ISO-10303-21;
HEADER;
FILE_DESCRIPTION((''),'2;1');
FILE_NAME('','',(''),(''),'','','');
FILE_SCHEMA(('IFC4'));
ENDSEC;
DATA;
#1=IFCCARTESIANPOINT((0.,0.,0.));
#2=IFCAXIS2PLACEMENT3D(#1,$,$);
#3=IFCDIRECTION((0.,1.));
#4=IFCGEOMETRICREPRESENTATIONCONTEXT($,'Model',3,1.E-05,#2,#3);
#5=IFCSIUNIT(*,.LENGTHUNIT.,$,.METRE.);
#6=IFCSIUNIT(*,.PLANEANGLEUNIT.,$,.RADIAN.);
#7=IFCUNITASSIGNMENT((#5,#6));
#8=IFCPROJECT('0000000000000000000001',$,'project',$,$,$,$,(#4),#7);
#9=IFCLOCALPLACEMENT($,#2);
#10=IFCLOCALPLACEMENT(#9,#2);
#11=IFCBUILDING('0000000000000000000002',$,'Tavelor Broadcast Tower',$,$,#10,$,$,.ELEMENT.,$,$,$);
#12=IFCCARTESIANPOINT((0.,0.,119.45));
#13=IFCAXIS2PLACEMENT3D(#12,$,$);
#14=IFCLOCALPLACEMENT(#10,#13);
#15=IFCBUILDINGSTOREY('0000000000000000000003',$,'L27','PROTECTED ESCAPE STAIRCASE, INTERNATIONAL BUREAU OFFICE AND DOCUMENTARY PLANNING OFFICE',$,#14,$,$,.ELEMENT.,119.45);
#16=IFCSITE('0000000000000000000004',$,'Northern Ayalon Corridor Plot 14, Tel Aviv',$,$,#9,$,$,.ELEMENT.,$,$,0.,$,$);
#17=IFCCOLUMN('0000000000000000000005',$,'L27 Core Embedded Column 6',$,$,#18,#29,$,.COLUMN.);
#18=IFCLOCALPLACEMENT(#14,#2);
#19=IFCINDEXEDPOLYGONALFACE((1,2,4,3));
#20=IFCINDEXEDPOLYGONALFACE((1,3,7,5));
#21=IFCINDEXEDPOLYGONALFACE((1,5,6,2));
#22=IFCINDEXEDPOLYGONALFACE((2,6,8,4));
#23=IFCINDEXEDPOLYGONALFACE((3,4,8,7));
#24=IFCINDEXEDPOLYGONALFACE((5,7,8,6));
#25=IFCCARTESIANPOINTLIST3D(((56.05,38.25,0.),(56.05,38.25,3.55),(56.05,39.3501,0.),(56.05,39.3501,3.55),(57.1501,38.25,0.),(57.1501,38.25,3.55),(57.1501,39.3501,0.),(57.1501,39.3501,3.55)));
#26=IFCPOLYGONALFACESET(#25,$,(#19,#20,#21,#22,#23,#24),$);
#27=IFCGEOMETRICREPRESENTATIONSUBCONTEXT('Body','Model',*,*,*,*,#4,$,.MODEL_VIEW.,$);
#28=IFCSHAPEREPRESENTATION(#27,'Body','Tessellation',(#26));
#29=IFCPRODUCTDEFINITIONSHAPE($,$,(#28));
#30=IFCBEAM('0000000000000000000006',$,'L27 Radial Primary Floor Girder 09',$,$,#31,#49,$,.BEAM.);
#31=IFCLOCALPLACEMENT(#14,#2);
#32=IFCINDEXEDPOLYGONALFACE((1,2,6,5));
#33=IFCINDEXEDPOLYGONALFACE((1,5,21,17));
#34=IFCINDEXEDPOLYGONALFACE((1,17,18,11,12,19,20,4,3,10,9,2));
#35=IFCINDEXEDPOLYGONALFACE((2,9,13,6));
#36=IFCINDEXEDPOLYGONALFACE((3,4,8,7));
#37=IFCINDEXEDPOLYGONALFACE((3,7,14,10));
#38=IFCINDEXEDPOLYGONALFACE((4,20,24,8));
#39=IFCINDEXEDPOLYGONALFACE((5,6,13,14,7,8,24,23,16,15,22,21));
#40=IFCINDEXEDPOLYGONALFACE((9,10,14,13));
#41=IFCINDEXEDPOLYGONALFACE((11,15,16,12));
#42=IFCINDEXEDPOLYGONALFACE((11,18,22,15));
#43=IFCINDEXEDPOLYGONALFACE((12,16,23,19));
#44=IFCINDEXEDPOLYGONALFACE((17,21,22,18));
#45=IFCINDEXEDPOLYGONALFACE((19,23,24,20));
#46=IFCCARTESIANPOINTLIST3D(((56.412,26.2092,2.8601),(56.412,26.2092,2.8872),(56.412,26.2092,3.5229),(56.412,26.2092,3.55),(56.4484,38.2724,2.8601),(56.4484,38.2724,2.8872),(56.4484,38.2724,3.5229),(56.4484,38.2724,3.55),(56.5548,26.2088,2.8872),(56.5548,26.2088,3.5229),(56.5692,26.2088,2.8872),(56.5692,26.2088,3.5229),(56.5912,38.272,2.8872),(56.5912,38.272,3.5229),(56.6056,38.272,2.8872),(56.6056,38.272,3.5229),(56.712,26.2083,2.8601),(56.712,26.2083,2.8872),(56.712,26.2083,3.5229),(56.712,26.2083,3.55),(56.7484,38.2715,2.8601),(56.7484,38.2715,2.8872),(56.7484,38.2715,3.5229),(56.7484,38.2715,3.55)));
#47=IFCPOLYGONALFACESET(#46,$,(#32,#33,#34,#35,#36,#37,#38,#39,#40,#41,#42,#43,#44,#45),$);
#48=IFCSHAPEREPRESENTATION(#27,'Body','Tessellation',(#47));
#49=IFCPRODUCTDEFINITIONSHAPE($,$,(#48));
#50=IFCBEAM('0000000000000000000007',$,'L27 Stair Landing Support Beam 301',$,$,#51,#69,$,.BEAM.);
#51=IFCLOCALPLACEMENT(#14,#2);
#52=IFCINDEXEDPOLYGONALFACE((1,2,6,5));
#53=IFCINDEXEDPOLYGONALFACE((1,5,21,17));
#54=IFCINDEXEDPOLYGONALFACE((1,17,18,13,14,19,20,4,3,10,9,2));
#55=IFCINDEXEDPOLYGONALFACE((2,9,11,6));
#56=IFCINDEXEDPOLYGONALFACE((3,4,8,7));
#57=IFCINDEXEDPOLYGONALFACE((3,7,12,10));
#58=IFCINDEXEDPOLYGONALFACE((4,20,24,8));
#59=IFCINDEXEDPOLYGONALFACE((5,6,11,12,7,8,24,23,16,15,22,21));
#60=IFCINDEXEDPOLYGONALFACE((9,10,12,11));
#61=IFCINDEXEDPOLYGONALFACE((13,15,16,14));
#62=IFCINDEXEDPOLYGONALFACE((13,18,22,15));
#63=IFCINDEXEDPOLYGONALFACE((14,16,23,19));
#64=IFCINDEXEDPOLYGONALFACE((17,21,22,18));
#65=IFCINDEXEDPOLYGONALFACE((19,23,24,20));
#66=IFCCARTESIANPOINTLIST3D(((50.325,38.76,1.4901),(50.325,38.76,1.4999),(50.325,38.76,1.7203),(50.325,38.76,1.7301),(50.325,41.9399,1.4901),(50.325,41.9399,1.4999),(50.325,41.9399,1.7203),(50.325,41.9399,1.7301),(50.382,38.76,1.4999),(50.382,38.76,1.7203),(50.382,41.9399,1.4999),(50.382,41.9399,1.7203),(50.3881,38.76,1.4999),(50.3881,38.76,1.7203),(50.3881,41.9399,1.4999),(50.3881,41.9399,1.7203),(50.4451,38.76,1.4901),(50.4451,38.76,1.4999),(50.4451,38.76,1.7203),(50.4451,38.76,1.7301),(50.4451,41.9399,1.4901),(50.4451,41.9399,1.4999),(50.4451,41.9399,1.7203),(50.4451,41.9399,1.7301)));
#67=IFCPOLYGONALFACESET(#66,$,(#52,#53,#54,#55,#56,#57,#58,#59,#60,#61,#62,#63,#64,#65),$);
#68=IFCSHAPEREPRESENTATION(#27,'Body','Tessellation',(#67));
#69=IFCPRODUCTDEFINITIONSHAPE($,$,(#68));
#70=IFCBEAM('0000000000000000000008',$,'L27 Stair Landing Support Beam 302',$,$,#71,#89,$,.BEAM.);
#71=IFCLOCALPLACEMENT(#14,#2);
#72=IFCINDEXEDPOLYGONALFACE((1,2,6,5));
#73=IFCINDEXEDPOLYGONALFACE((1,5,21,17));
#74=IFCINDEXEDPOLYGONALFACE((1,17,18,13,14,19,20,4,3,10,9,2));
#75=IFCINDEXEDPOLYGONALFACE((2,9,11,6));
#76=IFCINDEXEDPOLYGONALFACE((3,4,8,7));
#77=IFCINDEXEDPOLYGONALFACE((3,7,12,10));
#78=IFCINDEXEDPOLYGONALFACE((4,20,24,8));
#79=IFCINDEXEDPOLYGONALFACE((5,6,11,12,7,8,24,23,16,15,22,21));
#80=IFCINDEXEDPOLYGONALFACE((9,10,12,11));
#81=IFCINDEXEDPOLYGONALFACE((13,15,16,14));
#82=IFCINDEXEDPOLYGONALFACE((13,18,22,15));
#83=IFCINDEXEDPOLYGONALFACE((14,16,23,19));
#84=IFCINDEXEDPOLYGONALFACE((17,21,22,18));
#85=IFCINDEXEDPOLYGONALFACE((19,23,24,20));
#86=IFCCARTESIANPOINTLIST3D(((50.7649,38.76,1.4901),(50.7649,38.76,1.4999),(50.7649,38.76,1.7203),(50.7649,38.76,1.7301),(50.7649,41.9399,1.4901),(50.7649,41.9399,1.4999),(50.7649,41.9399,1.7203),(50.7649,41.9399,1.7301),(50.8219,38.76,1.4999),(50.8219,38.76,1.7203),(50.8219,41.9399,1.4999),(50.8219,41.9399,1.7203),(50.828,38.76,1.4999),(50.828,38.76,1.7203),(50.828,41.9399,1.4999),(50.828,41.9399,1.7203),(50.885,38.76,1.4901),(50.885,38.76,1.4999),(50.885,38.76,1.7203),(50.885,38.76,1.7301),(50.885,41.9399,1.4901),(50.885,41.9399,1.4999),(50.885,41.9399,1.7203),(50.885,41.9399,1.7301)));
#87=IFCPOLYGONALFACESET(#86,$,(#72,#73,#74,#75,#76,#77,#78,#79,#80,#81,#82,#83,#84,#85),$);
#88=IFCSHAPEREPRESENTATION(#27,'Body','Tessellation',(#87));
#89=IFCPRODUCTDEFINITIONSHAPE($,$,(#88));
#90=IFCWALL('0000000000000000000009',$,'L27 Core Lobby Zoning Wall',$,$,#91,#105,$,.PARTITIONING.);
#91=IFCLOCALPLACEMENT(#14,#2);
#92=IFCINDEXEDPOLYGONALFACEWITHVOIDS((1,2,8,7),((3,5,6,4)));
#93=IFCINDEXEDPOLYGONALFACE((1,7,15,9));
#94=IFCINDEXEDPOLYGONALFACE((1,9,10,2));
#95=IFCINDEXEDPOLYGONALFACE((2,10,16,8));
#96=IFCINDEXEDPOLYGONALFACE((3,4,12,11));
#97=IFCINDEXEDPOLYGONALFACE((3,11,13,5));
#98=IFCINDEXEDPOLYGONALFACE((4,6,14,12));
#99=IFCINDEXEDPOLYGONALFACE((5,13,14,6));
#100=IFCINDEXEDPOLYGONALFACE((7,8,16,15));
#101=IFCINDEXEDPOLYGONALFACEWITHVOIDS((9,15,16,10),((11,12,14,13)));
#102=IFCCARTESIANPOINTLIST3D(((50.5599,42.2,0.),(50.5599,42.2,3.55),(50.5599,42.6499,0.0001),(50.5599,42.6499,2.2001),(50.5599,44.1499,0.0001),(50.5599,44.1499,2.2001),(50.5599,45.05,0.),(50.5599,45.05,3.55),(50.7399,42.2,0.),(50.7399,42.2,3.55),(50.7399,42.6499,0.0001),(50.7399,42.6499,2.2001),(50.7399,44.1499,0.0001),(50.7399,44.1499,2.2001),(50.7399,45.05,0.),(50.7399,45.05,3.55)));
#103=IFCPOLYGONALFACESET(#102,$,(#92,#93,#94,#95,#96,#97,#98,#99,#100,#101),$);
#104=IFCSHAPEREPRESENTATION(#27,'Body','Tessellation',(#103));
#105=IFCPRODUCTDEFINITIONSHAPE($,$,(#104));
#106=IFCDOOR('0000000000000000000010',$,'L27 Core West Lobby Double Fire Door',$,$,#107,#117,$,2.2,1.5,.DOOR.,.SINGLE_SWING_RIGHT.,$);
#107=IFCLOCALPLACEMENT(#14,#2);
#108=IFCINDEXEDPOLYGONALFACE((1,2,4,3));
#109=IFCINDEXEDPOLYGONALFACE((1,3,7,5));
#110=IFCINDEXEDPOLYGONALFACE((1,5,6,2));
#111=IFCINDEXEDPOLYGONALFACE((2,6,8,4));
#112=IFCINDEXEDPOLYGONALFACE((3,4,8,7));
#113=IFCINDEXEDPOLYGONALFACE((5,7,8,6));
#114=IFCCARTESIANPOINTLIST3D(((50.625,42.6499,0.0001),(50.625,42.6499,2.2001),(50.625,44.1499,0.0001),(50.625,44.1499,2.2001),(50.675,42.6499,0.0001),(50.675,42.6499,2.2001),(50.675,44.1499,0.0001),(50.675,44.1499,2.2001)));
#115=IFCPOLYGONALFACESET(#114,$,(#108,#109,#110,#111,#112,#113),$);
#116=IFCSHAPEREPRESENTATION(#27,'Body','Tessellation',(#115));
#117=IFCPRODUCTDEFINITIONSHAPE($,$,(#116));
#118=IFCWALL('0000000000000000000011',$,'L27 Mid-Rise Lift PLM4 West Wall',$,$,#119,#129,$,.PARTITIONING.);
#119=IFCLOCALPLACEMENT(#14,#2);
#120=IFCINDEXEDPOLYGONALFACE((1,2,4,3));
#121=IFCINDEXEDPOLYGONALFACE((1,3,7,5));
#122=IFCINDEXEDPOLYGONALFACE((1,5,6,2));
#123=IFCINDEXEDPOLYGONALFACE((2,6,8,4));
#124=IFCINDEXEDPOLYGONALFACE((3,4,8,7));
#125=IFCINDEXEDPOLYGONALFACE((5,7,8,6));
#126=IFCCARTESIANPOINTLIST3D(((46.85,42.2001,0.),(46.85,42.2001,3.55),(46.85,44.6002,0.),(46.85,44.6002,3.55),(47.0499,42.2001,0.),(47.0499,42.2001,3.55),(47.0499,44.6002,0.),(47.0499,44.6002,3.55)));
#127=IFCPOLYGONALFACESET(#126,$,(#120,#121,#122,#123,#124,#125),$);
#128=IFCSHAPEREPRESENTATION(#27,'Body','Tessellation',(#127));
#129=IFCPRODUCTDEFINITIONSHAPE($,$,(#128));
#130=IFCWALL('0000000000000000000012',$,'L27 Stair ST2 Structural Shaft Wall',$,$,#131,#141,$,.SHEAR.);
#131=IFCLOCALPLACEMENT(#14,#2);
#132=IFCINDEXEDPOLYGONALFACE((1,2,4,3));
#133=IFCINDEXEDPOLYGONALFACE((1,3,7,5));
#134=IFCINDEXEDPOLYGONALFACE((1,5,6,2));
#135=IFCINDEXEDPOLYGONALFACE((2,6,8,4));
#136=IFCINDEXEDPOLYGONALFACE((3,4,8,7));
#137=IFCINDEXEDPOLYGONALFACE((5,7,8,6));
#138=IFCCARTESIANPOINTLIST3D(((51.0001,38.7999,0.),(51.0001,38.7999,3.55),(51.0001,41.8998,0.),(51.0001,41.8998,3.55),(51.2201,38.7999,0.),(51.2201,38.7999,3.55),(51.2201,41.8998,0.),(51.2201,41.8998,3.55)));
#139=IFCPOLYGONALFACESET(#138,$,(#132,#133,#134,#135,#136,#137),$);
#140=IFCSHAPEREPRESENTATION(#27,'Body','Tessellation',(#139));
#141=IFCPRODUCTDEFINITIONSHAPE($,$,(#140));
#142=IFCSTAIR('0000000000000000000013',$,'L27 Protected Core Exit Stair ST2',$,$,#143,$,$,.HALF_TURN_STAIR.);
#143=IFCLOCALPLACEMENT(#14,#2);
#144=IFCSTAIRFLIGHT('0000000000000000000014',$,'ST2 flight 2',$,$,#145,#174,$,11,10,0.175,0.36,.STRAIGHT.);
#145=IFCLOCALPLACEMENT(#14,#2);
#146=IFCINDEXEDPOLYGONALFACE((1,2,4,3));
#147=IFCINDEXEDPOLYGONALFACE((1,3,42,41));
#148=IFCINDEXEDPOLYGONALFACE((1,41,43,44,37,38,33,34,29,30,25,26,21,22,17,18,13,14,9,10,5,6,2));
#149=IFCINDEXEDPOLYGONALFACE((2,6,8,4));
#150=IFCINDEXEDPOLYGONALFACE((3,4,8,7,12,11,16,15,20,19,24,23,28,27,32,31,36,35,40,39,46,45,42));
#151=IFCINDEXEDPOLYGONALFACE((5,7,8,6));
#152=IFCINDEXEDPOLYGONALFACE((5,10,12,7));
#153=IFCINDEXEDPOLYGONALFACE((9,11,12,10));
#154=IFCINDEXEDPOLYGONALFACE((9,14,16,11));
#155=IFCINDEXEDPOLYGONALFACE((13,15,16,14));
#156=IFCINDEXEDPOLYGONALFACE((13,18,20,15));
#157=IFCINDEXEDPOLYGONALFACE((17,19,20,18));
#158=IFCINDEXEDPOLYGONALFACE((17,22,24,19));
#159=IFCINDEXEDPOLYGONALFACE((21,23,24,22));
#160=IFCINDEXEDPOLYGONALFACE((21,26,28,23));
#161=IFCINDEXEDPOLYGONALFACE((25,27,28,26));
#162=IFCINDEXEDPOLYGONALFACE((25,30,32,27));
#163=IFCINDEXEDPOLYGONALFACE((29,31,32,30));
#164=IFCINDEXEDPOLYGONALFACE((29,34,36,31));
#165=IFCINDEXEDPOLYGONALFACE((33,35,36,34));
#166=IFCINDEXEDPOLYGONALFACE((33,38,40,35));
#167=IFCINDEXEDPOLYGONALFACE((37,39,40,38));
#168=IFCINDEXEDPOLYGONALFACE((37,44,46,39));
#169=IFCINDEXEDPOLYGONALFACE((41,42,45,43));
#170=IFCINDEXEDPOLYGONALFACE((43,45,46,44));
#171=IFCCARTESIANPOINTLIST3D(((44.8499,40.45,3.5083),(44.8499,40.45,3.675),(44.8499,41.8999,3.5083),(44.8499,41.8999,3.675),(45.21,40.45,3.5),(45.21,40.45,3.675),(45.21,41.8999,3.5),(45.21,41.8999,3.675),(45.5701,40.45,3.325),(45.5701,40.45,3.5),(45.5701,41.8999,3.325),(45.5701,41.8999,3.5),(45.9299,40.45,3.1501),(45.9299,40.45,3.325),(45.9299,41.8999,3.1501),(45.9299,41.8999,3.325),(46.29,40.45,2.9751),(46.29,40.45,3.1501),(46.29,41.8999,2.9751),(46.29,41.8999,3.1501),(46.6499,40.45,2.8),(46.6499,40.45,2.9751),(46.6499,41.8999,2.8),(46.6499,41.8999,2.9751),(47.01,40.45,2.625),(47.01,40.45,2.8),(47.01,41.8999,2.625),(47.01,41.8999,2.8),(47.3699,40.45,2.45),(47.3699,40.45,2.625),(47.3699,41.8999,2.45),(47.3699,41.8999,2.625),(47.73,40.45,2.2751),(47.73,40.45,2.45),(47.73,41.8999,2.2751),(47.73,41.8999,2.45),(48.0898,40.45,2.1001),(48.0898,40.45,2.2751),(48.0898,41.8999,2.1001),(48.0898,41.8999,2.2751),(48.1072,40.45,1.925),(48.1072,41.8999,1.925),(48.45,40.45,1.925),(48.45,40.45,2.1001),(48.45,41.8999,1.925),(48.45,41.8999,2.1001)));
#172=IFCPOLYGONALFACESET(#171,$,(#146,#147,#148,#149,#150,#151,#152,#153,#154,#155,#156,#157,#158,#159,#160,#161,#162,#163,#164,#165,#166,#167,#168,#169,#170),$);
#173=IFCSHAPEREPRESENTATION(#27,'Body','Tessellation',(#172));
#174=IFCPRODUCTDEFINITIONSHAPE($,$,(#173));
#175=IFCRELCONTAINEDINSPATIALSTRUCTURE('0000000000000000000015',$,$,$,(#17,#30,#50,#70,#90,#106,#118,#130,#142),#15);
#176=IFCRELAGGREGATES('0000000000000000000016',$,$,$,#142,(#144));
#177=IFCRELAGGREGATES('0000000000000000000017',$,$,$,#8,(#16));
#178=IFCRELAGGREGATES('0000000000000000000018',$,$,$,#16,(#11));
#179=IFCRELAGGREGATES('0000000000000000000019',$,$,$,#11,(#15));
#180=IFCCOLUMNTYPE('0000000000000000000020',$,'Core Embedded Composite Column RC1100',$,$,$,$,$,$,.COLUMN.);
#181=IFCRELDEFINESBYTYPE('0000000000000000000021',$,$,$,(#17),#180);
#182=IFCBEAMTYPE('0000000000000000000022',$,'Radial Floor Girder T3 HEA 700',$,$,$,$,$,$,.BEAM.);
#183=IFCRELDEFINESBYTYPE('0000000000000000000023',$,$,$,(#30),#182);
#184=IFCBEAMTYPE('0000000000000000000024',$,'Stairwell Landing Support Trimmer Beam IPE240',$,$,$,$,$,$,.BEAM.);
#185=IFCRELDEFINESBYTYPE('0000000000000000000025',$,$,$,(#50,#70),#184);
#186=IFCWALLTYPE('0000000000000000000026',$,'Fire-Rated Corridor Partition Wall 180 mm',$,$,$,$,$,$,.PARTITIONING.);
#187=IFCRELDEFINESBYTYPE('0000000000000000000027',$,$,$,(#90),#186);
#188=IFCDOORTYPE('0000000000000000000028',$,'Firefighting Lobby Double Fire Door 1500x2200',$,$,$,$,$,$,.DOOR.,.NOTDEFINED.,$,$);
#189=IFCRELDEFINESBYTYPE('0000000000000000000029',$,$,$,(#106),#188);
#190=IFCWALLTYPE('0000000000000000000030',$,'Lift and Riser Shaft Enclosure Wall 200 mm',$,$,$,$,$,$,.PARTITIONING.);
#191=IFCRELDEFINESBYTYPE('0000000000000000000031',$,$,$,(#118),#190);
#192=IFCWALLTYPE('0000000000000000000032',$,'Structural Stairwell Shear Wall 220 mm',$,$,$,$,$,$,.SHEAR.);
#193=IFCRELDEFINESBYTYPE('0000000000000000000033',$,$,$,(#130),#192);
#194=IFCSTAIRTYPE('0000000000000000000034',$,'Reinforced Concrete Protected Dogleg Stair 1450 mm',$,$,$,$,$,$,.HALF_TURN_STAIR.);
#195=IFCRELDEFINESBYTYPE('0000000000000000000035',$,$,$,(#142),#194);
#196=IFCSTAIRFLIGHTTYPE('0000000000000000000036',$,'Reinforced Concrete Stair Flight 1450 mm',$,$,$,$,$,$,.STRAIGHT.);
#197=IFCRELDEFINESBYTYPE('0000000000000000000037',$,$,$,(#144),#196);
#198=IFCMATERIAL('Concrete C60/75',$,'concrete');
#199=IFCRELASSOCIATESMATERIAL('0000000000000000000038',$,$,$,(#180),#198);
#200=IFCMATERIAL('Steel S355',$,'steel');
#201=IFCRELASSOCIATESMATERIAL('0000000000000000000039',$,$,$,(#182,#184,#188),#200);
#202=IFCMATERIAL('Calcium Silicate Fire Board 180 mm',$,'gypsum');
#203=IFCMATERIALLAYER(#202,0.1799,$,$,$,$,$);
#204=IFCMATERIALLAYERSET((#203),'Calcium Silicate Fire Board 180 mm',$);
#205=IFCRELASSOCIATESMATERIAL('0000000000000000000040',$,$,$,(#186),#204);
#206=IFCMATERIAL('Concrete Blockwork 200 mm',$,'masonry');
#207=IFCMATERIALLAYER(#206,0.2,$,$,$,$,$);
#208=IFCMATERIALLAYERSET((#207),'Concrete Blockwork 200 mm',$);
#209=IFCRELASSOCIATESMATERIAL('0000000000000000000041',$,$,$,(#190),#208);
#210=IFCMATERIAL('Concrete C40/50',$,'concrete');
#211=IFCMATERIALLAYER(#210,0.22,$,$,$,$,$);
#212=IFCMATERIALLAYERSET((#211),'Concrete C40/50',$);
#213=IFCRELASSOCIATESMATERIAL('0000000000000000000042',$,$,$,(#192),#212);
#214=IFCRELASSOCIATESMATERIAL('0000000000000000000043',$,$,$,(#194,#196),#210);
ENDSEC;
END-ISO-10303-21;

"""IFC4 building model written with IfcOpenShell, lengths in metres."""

from ifc_helpers import new_model, si_unit, direction, frame, frame_2d, origin, origin_2d, place, context, subcontext, project, spatial, polyline, rectangle, i_section, outline, extrude, material, layer, layer_set, material_profile, profile_set, type_object, element, fill, aggregate, save


model = new_model("IFC4")

# Units and contexts
model_context = context("Model", 3, precision=1e-05, world=origin(), true_north=direction((0.0, 1.0)))
body_context = subcontext(model_context, "Body", "Model", "MODEL_VIEW")
ifc_project = project(units=[si_unit("LENGTHUNIT", "METRE"), si_unit("PLANEANGLEUNIT", "RADIAN")], contexts=[model_context])

# Site, building, storey
site_placement = place(None, origin())
site = spatial("IfcSite", under=ifc_project, at=site_placement, Name="Northern Ayalon Corridor Plot 14, Tel Aviv", CompositionType="ELEMENT", RefElevation=0.0)
building_placement = place(site_placement, origin())
building = spatial("IfcBuilding", under=site, at=building_placement, Name="Tavelor Broadcast Tower", CompositionType="ELEMENT")
storey_placement = place(building_placement, frame((0.0, 0.0, 119.45)))
storey = spatial("IfcBuildingStorey", under=building, at=storey_placement, Name="L27", Description="PROTECTED ESCAPE STAIRCASE, INTERNATIONAL BUREAU OFFICE AND DOCUMENTARY PLANNING OFFICE", CompositionType="ELEMENT", Elevation=119.45)

# Column
ifc_material_1 = material(Name="Concrete C60/75", Category="concrete")
ifc_material_profile_1 = material_profile(ifc_material_1, rectangle(XDim=1.1001, YDim=1.1001, at=origin_2d()), Name="RC 1100x1100")
ifc_profile_set_1 = profile_set([ifc_material_profile_1], Name="Concrete C60/75")
column_type = type_object("IfcColumnType", Name="Core Embedded Composite Column RC1100", PredefinedType="COLUMN", material=ifc_profile_set_1)
column_placement = place(storey_placement, frame((56.6001, 38.8, 0.0), z_axis=(0.0, 0.0, 1.0), x_axis=(1.0, 0.0, 0.0)))
element("IfcColumn", 1, at=column_placement, inside=storey, type_object=column_type, Name="L27 Core Embedded Column 6", PredefinedType="COLUMN", context=body_context, shape_type="SweptSolid", body=[
    extrude(rectangle(XDim=1.1001, YDim=1.1001, at=origin_2d()), origin(), (0.0, 0.0, 1.0), 3.55),
])

# Beams
ifc_material_2 = material(Name="Steel S355", Category="steel")
ifc_material_profile_2 = material_profile(ifc_material_2, i_section(OverallWidth=0.3, OverallDepth=0.6899, WebThickness=0.0144, FlangeThickness=0.0271, at=origin_2d()), Name="HEA 700")
ifc_profile_set_2 = profile_set([ifc_material_profile_2], Name="Steel S355")
beam_type_1 = type_object("IfcBeamType", Name="Radial Floor Girder T3 HEA 700", PredefinedType="BEAM", material=ifc_profile_set_2)
beam_placement = place(storey_placement, frame((56.5984, 38.272, 3.2051), z_axis=(-0.003016, -0.999995, 0.0), x_axis=(0.999995, -0.003016, 0.0)))
element("IfcBeam", 2, at=beam_placement, inside=storey, type_object=beam_type_1, Name="L27 Radial Primary Floor Girder 09", PredefinedType="BEAM", context=body_context, shape_type="SweptSolid", body=[
    extrude(i_section(OverallWidth=0.3, OverallDepth=0.6899, WebThickness=0.0144, FlangeThickness=0.0271, at=origin_2d()), origin(), (0.0, 0.0, 1.0), 12.0632),
])
ifc_material_profile_3 = material_profile(ifc_material_2, i_section(OverallWidth=0.1201, OverallDepth=0.24, WebThickness=0.0061, FlangeThickness=0.0098, at=origin_2d()), Name="IPE 240")
ifc_profile_set_3 = profile_set([ifc_material_profile_3], Name="Steel S355")
beam_type_2 = type_object("IfcBeamType", Name="Stairwell Landing Support Trimmer Beam IPE240", PredefinedType="BEAM", material=ifc_profile_set_3)
for number, where, z_axis, x_axis, name in (
    (3, (50.385, 38.76, 1.6101), (0.0, 1.0, 0.0), (-1.0, 0.0, 0.0), "L27 Stair Landing Support Beam 301"),
    (4, (50.825, 38.76, 1.6101), (0.0, 1.0, 0.0), (-1.0, 0.0, 0.0), "L27 Stair Landing Support Beam 302"),
):
    element("IfcBeam", number, at=place(storey_placement, frame(where, z_axis=z_axis, x_axis=x_axis)), inside=storey, type_object=beam_type_2, Name=name, PredefinedType="BEAM", context=body_context, shape_type="SweptSolid", body=[
        extrude(i_section(OverallWidth=0.1201, OverallDepth=0.24, WebThickness=0.0061, FlangeThickness=0.0098, at=origin_2d()), origin(), (0.0, 0.0, 1.0), 3.1799),
    ])

# Wall, opening, door
ifc_material_3 = material(Name="Calcium Silicate Fire Board 180 mm", Category="gypsum")
ifc_layer_1 = layer(ifc_material_3, 0.1799)
ifc_layer_set_1 = layer_set([ifc_layer_1], Name="Calcium Silicate Fire Board 180 mm")
wall_type_1 = type_object("IfcWallType", Name="Fire-Rated Corridor Partition Wall 180 mm", PredefinedType="PARTITIONING", material=ifc_layer_set_1)
wall_1_placement = place(storey_placement, frame((50.6499, 42.2, 0.0), z_axis=(0.0, 0.0, 1.0), x_axis=(0.0, 1.0, 0.0)))
wall_1 = element("IfcWall", 5, at=wall_1_placement, inside=storey, type_object=wall_type_1, Name="L27 Core Lobby Zoning Wall", PredefinedType="PARTITIONING", context=body_context, shape_type="SweptSolid", body=[
    extrude(rectangle(XDim=2.8501, YDim=0.1799, at=frame_2d((1.425, 0.0))), origin(), (0.0, 0.0, 1.0), 3.55),
])
opening_1_placement = place(wall_1_placement, frame((0.45, 0.0, 0.0)))
opening_1 = element("IfcOpeningElement", 6, at=opening_1_placement, cuts=wall_1, PredefinedType="OPENING", context=body_context, shape_type="SweptSolid", body=[
    extrude(rectangle(XDim=1.5, YDim=2.2, at=frame_2d((0.75, 1.1001))), frame((0.0, 0.1001, 0.0), z_axis=(0.0, -1.0, 0.0), x_axis=(1.0, 0.0, 0.0)), (0.0, 0.0, 1.0), 0.2),
])
door_type_1 = type_object("IfcDoorType", Name="Firefighting Lobby Double Fire Door 1500x2200", OperationType="NOTDEFINED", PredefinedType="DOOR", material=ifc_material_2)
door_1_placement = place(opening_1_placement, origin())
door_1 = element("IfcDoor", 7, at=door_1_placement, inside=storey, type_object=door_type_1, Name="L27 Core West Lobby Double Fire Door", OperationType="SINGLE_SWING_RIGHT", OverallHeight=2.2, OverallWidth=1.5, PredefinedType="DOOR", context=body_context, shape_type="SweptSolid", body=[
    extrude(rectangle(XDim=1.5, YDim=2.2, at=frame_2d((0.75, 1.1001))), frame((0.0, 0.0249, 0.0), z_axis=(0.0, -1.0, 0.0), x_axis=(1.0, 0.0, 0.0)), (0.0, 0.0, 1.0), 0.05),
])
fill(opening_1, door_1)
ifc_material_4 = material(Name="Concrete Blockwork 200 mm", Category="masonry")

# Walls
ifc_layer_2 = layer(ifc_material_4, 0.2)
ifc_layer_set_2 = layer_set([ifc_layer_2], Name="Concrete Blockwork 200 mm")
wall_type_2 = type_object("IfcWallType", Name="Lift and Riser Shaft Enclosure Wall 200 mm", PredefinedType="PARTITIONING", material=ifc_layer_set_2)
wall_2_placement = place(storey_placement, frame((46.95, 42.2, 0.0), z_axis=(0.0, 0.0, 1.0), x_axis=(0.0, 1.0, 0.0)))
element("IfcWall", 8, at=wall_2_placement, inside=storey, type_object=wall_type_2, Name="L27 Mid-Rise Lift PLM4 West Wall", PredefinedType="PARTITIONING", context=body_context, shape_type="SweptSolid", body=[
    extrude(rectangle(XDim=2.4001, YDim=0.2, at=frame_2d((1.2002, 0.0))), origin(), (0.0, 0.0, 1.0), 3.55),
])
ifc_material_5 = material(Name="Concrete C40/50", Category="concrete")
ifc_layer_3 = layer(ifc_material_5, 0.22)
ifc_layer_set_3 = layer_set([ifc_layer_3], Name="Concrete C40/50")
wall_type_3 = type_object("IfcWallType", Name="Structural Stairwell Shear Wall 220 mm", PredefinedType="SHEAR", material=ifc_layer_set_3)
wall_3_placement = place(storey_placement, frame((51.1101, 38.8, 0.0), z_axis=(0.0, 0.0, 1.0), x_axis=(0.0, 1.0, 0.0)))
element("IfcWall", 9, at=wall_3_placement, inside=storey, type_object=wall_type_3, Name="L27 Stair ST2 Structural Shaft Wall", PredefinedType="SHEAR", context=body_context, shape_type="SweptSolid", body=[
    extrude(rectangle(XDim=3.0999, YDim=0.22, at=frame_2d((1.5498, 0.0))), origin(), (0.0, 0.0, 1.0), 3.55),
])

# Stair, stair flight
stair_type = type_object("IfcStairType", Name="Reinforced Concrete Protected Dogleg Stair 1450 mm", PredefinedType="HALF_TURN_STAIR", material=ifc_material_5)
stair_placement = place(storey_placement, origin())
stair = element("IfcStair", 10, at=stair_placement, inside=storey, type_object=stair_type, Name="L27 Protected Core Exit Stair ST2", PredefinedType="HALF_TURN_STAIR")
stair_flight_type = type_object("IfcStairFlightType", Name="Reinforced Concrete Stair Flight 1450 mm", PredefinedType="STRAIGHT", material=ifc_material_5)
stair_flight_placement = place(storey_placement, frame((48.45, 41.175, 1.925), z_axis=(0.0, 0.0, 1.0), x_axis=(-1.0, 0.0, 0.0)))
stair_flight = element("IfcStairFlight", 11, at=stair_flight_placement, type_object=stair_flight_type, Name="ST2 flight 2", NumberOfRisers=11, NumberOfTreads=10, PredefinedType="STRAIGHT", RiserHeight=0.175, TreadLength=0.36, context=body_context, shape_type="SweptSolid", body=[
    extrude(outline(polyline([(0.0, 0.0), (0.0, 0.175), (0.3601, 0.175), (0.3601, 0.3501), (0.72, 0.3501), (0.72, 0.5249), (1.0801, 0.5249), (1.0801, 0.7), (1.4399, 0.7), (1.4399, 0.875), (1.8, 0.875), (1.8, 1.05), (2.1599, 1.05), (2.1599, 1.2251), (2.52, 1.2251), (2.52, 1.3999), (2.8799, 1.3999), (2.8799, 1.575), (3.24, 1.575), (3.24, 1.75), (3.6001, 1.75), (3.6001, 1.925), (3.6001, 1.5833), (0.3428, 0.0), (0.0, 0.0)])), frame((0.0, 0.7251, 0.0), z_axis=(0.0, -1.0, 0.0), x_axis=(1.0, 0.0, 0.0)), (0.0, 0.0, 1.0), 1.45),
])
aggregate(stair, [stair_flight])

save(model, "model.ifc")
